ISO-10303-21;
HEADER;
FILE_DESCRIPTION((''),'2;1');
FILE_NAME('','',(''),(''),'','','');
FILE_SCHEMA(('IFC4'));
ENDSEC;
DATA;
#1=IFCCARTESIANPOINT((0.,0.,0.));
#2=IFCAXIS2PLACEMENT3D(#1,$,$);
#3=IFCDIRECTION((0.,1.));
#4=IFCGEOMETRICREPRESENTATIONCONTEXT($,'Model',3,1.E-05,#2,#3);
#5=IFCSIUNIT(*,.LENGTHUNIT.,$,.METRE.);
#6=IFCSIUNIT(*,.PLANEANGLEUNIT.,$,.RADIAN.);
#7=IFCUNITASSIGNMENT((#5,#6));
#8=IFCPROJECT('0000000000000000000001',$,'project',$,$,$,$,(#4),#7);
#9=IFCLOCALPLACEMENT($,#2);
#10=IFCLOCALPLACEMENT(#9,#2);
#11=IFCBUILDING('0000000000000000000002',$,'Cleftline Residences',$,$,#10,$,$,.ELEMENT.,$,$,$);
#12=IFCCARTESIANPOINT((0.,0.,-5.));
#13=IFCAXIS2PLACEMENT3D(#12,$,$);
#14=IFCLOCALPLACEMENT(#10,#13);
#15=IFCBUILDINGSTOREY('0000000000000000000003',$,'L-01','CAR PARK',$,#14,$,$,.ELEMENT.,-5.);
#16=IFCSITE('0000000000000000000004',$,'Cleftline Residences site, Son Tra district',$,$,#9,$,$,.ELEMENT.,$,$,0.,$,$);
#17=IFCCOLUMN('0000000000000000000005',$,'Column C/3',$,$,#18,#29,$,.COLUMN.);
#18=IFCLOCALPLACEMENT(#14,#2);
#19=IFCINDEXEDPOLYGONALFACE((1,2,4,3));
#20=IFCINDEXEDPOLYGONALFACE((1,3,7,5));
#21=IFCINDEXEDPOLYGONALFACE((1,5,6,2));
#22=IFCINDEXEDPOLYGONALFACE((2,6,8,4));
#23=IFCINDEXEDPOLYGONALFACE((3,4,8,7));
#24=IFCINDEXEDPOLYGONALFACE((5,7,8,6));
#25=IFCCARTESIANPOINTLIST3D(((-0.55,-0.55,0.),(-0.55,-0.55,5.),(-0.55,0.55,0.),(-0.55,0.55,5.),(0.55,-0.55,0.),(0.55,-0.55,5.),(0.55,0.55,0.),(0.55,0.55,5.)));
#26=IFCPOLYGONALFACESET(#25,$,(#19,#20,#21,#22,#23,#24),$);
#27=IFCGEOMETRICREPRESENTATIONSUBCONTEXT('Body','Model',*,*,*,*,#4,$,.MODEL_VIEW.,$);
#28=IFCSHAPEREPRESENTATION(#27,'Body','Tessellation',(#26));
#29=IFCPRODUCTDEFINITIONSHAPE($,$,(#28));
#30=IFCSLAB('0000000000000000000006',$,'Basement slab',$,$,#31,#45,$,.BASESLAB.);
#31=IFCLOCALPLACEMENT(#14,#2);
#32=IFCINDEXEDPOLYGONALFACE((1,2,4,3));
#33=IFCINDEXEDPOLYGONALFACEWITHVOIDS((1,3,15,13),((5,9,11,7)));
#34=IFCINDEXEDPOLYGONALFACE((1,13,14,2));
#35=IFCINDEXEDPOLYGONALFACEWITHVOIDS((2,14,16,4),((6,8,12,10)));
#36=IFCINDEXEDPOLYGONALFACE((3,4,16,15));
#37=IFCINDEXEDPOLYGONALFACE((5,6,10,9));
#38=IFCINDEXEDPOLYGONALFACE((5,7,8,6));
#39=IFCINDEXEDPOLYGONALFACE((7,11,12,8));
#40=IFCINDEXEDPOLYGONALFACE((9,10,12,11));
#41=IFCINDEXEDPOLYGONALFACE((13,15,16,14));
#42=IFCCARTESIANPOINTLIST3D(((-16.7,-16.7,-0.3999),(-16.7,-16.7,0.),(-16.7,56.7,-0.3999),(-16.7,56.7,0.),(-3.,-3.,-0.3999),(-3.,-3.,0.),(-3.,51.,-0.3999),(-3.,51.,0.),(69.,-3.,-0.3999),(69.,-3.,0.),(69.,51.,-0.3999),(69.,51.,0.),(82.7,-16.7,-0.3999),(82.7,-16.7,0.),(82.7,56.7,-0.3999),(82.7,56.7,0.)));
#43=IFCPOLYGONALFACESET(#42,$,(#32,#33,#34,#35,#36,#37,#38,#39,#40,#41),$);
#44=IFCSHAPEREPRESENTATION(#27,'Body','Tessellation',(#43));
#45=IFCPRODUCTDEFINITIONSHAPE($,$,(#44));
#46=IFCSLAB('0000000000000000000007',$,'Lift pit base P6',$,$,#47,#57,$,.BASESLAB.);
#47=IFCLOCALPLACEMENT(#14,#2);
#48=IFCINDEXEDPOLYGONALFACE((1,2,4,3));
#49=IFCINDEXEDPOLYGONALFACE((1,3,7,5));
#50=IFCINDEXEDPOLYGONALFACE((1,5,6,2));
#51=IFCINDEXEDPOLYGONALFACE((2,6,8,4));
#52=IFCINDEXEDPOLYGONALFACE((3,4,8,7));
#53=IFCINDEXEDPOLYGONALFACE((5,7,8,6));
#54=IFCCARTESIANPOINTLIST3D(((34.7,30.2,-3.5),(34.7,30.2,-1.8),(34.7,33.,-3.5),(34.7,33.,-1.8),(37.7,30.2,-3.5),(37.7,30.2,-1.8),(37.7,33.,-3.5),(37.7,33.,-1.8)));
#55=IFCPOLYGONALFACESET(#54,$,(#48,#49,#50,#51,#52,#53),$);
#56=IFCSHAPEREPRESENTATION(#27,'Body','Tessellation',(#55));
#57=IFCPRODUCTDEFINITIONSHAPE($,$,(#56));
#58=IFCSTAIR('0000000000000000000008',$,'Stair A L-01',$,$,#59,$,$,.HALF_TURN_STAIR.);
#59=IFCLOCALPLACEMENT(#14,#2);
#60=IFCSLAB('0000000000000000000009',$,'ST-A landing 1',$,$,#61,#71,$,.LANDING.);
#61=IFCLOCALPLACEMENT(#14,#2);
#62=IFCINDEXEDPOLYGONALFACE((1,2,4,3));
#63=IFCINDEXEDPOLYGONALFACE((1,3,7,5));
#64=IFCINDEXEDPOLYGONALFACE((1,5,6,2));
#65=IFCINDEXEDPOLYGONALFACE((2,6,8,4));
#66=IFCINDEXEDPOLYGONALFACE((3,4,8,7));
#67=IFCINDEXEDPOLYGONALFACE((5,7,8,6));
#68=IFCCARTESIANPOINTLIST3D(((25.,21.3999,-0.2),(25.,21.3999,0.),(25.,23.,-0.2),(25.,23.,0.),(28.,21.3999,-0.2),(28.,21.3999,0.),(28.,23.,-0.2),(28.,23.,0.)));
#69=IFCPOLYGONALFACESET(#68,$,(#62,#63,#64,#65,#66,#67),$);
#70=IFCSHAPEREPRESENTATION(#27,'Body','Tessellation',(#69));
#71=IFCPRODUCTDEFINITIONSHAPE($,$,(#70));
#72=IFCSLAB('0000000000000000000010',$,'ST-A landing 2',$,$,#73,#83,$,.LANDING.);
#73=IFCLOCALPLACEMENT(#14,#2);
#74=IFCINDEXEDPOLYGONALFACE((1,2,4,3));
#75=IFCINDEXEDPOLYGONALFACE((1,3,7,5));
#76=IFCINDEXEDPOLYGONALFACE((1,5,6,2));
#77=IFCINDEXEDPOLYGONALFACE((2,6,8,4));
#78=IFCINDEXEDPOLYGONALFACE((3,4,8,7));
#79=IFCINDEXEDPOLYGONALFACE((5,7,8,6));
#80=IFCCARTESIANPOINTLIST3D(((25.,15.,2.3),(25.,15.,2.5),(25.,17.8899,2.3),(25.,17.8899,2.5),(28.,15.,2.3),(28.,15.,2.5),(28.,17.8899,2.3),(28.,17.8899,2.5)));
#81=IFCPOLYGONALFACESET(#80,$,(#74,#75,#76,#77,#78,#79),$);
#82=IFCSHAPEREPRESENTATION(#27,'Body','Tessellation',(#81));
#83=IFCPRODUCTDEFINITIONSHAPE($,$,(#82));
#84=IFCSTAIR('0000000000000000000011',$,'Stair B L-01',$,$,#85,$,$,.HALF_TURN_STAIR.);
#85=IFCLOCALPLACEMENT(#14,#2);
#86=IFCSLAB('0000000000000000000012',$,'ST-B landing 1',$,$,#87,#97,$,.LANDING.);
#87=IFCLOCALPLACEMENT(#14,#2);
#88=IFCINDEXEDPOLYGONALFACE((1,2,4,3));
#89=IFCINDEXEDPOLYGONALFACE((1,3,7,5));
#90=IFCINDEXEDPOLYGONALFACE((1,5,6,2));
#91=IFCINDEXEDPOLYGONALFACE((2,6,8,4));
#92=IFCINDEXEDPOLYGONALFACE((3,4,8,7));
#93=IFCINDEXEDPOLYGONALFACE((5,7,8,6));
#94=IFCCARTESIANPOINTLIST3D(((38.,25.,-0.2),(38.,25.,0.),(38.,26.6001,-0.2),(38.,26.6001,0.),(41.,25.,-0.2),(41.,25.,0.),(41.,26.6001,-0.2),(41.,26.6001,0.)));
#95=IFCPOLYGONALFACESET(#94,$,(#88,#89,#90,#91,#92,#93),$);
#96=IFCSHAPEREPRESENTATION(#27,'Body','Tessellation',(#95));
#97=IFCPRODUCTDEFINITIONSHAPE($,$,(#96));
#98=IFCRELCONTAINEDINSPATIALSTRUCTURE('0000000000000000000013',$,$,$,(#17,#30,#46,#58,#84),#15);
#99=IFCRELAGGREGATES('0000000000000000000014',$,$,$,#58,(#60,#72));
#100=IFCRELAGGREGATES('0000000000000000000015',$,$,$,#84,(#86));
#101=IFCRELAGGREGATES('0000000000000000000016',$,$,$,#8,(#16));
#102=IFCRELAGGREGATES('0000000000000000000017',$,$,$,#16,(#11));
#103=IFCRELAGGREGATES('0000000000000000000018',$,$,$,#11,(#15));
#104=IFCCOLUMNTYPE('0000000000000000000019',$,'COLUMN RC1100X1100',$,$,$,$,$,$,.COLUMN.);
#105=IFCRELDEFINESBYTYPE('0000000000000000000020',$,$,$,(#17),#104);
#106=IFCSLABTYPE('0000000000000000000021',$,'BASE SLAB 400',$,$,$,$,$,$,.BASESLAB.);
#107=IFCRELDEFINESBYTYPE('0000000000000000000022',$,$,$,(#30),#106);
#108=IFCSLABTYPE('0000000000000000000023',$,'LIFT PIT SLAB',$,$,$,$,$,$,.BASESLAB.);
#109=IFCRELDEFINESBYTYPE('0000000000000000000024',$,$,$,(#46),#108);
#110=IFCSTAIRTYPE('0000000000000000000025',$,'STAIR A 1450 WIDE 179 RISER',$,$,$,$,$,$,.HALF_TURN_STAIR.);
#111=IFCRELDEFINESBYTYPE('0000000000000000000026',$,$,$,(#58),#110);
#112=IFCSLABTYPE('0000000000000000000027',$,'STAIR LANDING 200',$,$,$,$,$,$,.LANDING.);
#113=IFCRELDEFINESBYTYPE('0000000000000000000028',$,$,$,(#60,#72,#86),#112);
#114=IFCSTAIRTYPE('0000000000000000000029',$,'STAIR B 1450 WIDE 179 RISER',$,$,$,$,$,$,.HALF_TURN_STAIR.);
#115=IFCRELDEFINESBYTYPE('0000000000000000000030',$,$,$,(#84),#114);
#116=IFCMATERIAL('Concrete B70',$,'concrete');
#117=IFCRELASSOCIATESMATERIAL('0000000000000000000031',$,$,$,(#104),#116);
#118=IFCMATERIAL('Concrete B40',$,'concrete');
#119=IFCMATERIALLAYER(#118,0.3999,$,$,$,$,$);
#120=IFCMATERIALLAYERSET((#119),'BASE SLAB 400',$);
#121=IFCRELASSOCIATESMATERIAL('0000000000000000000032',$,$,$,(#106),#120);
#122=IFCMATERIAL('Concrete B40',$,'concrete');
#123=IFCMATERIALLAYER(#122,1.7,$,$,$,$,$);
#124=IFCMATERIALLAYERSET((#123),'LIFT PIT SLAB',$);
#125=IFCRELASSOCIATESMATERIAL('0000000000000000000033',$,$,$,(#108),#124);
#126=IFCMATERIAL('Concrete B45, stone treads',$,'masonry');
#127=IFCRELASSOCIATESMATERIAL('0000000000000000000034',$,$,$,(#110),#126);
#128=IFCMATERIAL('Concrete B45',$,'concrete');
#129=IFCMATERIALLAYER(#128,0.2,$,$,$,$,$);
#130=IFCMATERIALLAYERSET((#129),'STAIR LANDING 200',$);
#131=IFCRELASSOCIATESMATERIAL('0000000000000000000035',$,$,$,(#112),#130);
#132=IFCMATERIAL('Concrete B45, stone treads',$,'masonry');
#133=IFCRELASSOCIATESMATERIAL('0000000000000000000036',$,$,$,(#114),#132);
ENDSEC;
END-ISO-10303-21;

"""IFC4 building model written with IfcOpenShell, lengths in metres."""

from ifc_helpers import new_model, si_unit, direction, frame, origin, origin_with_axes, origin_2d, place, context, subcontext, project, spatial, polyline, rectangle, outline, extrude, material, layer, layer_set, material_profile, profile_set, type_object, element, aggregate, save


model = new_model("IFC4")

# Units and contexts
model_context = context("Model", 3, precision=1e-05, world=origin(), true_north=direction((0.0, 1.0)))
body_context = subcontext(model_context, "Body", "Model", "MODEL_VIEW")
ifc_project = project(units=[si_unit("LENGTHUNIT", "METRE"), si_unit("PLANEANGLEUNIT", "RADIAN")], contexts=[model_context])

# Site, building, storey
site_placement = place(None, origin())
site = spatial("IfcSite", under=ifc_project, at=site_placement, Name="Cleftline Residences site, Son Tra district", CompositionType="ELEMENT", RefElevation=0.0)
building_placement = place(site_placement, origin())
building = spatial("IfcBuilding", under=site, at=building_placement, Name="Cleftline Residences", CompositionType="ELEMENT")
storey_placement = place(building_placement, frame((0.0, 0.0, -5.0)))
storey = spatial("IfcBuildingStorey", under=building, at=storey_placement, Name="L-01", Description="CAR PARK", CompositionType="ELEMENT", Elevation=-5.0)

# Column
ifc_material_1 = material(Name="Concrete B70", Category="concrete")
ifc_material_profile_1 = material_profile(ifc_material_1, rectangle(XDim=1.1001, YDim=1.1001, at=origin_2d()))
ifc_profile_set_1 = profile_set([ifc_material_profile_1], Name="Concrete B70")
column_type = type_object("IfcColumnType", Name="COLUMN RC1100X1100", PredefinedType="COLUMN", material=ifc_profile_set_1)
column_placement = place(storey_placement, origin_with_axes())
element("IfcColumn", 1, at=column_placement, inside=storey, type_object=column_type, Name="Column C/3", PredefinedType="COLUMN", context=body_context, shape_type="SweptSolid", body=[
    extrude(rectangle(XDim=1.1001, YDim=1.1001, at=origin_2d()), origin(), (0.0, 0.0, 1.0), 5.0),
])

# Slabs
ifc_material_2 = material(Name="Concrete B40", Category="concrete")
ifc_layer_1 = layer(ifc_material_2, 0.3999)
ifc_layer_set_1 = layer_set([ifc_layer_1], Name="BASE SLAB 400")
slab_type_1 = type_object("IfcSlabType", Name="BASE SLAB 400", PredefinedType="BASESLAB", material=ifc_layer_set_1)
slab_1_placement = place(storey_placement, frame((0.0, 0.0, -0.3999)))
element("IfcSlab", 2, at=slab_1_placement, inside=storey, type_object=slab_type_1, Name="Basement slab", PredefinedType="BASESLAB", context=body_context, shape_type="SweptSolid", body=[
    extrude(outline(polyline([(82.7, 56.7), (-16.7, 56.7), (-16.7, -16.7), (82.7, -16.7), (82.7, 56.7)]), holes=[polyline([(69.0, -3.0), (69.0, 51.0), (-3.0, 51.0), (-3.0, -3.0), (69.0, -3.0)])]), origin(), (0.0, 0.0, 1.0), 0.3999),
])
ifc_material_3 = material(Name="Concrete B40", Category="concrete")
ifc_layer_2 = layer(ifc_material_3, 1.7)
ifc_layer_set_2 = layer_set([ifc_layer_2], Name="LIFT PIT SLAB")
slab_type_2 = type_object("IfcSlabType", Name="LIFT PIT SLAB", PredefinedType="BASESLAB", material=ifc_layer_set_2)
slab_2_placement = place(storey_placement, frame((0.0, 0.0, -3.5)))
element("IfcSlab", 3, at=slab_2_placement, inside=storey, type_object=slab_type_2, Name="Lift pit base P6", PredefinedType="BASESLAB", context=body_context, shape_type="SweptSolid", body=[
    extrude(outline(polyline([(37.7, 30.2), (37.7, 33.0), (34.7, 33.0), (34.7, 30.2), (37.7, 30.2)])), origin(), (0.0, 0.0, 1.0), 1.7),
])

# Stair, slabs
ifc_material_4 = material(Name="Concrete B45, stone treads", Category="masonry")
stair_type_1 = type_object("IfcStairType", Name="STAIR A 1450 WIDE 179 RISER", PredefinedType="HALF_TURN_STAIR", material=ifc_material_4)
stair_1_placement = place(storey_placement, origin())
stair_1 = element("IfcStair", 4, at=stair_1_placement, inside=storey, type_object=stair_type_1, Name="Stair A L-01", PredefinedType="HALF_TURN_STAIR")
ifc_material_5 = material(Name="Concrete B45", Category="concrete")
ifc_layer_3 = layer(ifc_material_5, 0.2)
ifc_layer_set_3 = layer_set([ifc_layer_3], Name="STAIR LANDING 200")
slab_type_3 = type_object("IfcSlabType", Name="STAIR LANDING 200", PredefinedType="LANDING", material=ifc_layer_set_3)
slab_3_placement = place(storey_placement, frame((0.0, 0.0, -0.2)))
slab_3 = element("IfcSlab", 5, at=slab_3_placement, type_object=slab_type_3, Name="ST-A landing 1", PredefinedType="LANDING", context=body_context, shape_type="SweptSolid", body=[
    extrude(outline(polyline([(25.0, 21.3999), (28.0, 21.3999), (28.0, 23.0), (25.0, 23.0), (25.0, 21.3999)])), origin(), (0.0, 0.0, 1.0), 0.2),
])
slab_4_placement = place(storey_placement, frame((0.0, 0.0, 2.3)))
slab_4 = element("IfcSlab", 6, at=slab_4_placement, type_object=slab_type_3, Name="ST-A landing 2", PredefinedType="LANDING", context=body_context, shape_type="SweptSolid", body=[
    extrude(outline(polyline([(25.0, 15.0), (28.0, 15.0), (28.0, 17.8899), (25.0, 17.8899), (25.0, 15.0)])), origin(), (0.0, 0.0, 1.0), 0.2),
])
aggregate(stair_1, [slab_3, slab_4])

# Stair, slab
ifc_material_6 = material(Name="Concrete B45, stone treads", Category="masonry")
stair_type_2 = type_object("IfcStairType", Name="STAIR B 1450 WIDE 179 RISER", PredefinedType="HALF_TURN_STAIR", material=ifc_material_6)
stair_2_placement = place(storey_placement, origin())
stair_2 = element("IfcStair", 7, at=stair_2_placement, inside=storey, type_object=stair_type_2, Name="Stair B L-01", PredefinedType="HALF_TURN_STAIR")
slab_5_placement = place(storey_placement, frame((0.0, 0.0, -0.2)))
slab_5 = element("IfcSlab", 8, at=slab_5_placement, type_object=slab_type_3, Name="ST-B landing 1", PredefinedType="LANDING", context=body_context, shape_type="SweptSolid", body=[
    extrude(outline(polyline([(38.0, 25.0), (41.0, 25.0), (41.0, 26.6001), (38.0, 26.6001), (38.0, 25.0)])), origin(), (0.0, 0.0, 1.0), 0.2),
])
aggregate(stair_2, [slab_5])

save(model, "model.ifc")
